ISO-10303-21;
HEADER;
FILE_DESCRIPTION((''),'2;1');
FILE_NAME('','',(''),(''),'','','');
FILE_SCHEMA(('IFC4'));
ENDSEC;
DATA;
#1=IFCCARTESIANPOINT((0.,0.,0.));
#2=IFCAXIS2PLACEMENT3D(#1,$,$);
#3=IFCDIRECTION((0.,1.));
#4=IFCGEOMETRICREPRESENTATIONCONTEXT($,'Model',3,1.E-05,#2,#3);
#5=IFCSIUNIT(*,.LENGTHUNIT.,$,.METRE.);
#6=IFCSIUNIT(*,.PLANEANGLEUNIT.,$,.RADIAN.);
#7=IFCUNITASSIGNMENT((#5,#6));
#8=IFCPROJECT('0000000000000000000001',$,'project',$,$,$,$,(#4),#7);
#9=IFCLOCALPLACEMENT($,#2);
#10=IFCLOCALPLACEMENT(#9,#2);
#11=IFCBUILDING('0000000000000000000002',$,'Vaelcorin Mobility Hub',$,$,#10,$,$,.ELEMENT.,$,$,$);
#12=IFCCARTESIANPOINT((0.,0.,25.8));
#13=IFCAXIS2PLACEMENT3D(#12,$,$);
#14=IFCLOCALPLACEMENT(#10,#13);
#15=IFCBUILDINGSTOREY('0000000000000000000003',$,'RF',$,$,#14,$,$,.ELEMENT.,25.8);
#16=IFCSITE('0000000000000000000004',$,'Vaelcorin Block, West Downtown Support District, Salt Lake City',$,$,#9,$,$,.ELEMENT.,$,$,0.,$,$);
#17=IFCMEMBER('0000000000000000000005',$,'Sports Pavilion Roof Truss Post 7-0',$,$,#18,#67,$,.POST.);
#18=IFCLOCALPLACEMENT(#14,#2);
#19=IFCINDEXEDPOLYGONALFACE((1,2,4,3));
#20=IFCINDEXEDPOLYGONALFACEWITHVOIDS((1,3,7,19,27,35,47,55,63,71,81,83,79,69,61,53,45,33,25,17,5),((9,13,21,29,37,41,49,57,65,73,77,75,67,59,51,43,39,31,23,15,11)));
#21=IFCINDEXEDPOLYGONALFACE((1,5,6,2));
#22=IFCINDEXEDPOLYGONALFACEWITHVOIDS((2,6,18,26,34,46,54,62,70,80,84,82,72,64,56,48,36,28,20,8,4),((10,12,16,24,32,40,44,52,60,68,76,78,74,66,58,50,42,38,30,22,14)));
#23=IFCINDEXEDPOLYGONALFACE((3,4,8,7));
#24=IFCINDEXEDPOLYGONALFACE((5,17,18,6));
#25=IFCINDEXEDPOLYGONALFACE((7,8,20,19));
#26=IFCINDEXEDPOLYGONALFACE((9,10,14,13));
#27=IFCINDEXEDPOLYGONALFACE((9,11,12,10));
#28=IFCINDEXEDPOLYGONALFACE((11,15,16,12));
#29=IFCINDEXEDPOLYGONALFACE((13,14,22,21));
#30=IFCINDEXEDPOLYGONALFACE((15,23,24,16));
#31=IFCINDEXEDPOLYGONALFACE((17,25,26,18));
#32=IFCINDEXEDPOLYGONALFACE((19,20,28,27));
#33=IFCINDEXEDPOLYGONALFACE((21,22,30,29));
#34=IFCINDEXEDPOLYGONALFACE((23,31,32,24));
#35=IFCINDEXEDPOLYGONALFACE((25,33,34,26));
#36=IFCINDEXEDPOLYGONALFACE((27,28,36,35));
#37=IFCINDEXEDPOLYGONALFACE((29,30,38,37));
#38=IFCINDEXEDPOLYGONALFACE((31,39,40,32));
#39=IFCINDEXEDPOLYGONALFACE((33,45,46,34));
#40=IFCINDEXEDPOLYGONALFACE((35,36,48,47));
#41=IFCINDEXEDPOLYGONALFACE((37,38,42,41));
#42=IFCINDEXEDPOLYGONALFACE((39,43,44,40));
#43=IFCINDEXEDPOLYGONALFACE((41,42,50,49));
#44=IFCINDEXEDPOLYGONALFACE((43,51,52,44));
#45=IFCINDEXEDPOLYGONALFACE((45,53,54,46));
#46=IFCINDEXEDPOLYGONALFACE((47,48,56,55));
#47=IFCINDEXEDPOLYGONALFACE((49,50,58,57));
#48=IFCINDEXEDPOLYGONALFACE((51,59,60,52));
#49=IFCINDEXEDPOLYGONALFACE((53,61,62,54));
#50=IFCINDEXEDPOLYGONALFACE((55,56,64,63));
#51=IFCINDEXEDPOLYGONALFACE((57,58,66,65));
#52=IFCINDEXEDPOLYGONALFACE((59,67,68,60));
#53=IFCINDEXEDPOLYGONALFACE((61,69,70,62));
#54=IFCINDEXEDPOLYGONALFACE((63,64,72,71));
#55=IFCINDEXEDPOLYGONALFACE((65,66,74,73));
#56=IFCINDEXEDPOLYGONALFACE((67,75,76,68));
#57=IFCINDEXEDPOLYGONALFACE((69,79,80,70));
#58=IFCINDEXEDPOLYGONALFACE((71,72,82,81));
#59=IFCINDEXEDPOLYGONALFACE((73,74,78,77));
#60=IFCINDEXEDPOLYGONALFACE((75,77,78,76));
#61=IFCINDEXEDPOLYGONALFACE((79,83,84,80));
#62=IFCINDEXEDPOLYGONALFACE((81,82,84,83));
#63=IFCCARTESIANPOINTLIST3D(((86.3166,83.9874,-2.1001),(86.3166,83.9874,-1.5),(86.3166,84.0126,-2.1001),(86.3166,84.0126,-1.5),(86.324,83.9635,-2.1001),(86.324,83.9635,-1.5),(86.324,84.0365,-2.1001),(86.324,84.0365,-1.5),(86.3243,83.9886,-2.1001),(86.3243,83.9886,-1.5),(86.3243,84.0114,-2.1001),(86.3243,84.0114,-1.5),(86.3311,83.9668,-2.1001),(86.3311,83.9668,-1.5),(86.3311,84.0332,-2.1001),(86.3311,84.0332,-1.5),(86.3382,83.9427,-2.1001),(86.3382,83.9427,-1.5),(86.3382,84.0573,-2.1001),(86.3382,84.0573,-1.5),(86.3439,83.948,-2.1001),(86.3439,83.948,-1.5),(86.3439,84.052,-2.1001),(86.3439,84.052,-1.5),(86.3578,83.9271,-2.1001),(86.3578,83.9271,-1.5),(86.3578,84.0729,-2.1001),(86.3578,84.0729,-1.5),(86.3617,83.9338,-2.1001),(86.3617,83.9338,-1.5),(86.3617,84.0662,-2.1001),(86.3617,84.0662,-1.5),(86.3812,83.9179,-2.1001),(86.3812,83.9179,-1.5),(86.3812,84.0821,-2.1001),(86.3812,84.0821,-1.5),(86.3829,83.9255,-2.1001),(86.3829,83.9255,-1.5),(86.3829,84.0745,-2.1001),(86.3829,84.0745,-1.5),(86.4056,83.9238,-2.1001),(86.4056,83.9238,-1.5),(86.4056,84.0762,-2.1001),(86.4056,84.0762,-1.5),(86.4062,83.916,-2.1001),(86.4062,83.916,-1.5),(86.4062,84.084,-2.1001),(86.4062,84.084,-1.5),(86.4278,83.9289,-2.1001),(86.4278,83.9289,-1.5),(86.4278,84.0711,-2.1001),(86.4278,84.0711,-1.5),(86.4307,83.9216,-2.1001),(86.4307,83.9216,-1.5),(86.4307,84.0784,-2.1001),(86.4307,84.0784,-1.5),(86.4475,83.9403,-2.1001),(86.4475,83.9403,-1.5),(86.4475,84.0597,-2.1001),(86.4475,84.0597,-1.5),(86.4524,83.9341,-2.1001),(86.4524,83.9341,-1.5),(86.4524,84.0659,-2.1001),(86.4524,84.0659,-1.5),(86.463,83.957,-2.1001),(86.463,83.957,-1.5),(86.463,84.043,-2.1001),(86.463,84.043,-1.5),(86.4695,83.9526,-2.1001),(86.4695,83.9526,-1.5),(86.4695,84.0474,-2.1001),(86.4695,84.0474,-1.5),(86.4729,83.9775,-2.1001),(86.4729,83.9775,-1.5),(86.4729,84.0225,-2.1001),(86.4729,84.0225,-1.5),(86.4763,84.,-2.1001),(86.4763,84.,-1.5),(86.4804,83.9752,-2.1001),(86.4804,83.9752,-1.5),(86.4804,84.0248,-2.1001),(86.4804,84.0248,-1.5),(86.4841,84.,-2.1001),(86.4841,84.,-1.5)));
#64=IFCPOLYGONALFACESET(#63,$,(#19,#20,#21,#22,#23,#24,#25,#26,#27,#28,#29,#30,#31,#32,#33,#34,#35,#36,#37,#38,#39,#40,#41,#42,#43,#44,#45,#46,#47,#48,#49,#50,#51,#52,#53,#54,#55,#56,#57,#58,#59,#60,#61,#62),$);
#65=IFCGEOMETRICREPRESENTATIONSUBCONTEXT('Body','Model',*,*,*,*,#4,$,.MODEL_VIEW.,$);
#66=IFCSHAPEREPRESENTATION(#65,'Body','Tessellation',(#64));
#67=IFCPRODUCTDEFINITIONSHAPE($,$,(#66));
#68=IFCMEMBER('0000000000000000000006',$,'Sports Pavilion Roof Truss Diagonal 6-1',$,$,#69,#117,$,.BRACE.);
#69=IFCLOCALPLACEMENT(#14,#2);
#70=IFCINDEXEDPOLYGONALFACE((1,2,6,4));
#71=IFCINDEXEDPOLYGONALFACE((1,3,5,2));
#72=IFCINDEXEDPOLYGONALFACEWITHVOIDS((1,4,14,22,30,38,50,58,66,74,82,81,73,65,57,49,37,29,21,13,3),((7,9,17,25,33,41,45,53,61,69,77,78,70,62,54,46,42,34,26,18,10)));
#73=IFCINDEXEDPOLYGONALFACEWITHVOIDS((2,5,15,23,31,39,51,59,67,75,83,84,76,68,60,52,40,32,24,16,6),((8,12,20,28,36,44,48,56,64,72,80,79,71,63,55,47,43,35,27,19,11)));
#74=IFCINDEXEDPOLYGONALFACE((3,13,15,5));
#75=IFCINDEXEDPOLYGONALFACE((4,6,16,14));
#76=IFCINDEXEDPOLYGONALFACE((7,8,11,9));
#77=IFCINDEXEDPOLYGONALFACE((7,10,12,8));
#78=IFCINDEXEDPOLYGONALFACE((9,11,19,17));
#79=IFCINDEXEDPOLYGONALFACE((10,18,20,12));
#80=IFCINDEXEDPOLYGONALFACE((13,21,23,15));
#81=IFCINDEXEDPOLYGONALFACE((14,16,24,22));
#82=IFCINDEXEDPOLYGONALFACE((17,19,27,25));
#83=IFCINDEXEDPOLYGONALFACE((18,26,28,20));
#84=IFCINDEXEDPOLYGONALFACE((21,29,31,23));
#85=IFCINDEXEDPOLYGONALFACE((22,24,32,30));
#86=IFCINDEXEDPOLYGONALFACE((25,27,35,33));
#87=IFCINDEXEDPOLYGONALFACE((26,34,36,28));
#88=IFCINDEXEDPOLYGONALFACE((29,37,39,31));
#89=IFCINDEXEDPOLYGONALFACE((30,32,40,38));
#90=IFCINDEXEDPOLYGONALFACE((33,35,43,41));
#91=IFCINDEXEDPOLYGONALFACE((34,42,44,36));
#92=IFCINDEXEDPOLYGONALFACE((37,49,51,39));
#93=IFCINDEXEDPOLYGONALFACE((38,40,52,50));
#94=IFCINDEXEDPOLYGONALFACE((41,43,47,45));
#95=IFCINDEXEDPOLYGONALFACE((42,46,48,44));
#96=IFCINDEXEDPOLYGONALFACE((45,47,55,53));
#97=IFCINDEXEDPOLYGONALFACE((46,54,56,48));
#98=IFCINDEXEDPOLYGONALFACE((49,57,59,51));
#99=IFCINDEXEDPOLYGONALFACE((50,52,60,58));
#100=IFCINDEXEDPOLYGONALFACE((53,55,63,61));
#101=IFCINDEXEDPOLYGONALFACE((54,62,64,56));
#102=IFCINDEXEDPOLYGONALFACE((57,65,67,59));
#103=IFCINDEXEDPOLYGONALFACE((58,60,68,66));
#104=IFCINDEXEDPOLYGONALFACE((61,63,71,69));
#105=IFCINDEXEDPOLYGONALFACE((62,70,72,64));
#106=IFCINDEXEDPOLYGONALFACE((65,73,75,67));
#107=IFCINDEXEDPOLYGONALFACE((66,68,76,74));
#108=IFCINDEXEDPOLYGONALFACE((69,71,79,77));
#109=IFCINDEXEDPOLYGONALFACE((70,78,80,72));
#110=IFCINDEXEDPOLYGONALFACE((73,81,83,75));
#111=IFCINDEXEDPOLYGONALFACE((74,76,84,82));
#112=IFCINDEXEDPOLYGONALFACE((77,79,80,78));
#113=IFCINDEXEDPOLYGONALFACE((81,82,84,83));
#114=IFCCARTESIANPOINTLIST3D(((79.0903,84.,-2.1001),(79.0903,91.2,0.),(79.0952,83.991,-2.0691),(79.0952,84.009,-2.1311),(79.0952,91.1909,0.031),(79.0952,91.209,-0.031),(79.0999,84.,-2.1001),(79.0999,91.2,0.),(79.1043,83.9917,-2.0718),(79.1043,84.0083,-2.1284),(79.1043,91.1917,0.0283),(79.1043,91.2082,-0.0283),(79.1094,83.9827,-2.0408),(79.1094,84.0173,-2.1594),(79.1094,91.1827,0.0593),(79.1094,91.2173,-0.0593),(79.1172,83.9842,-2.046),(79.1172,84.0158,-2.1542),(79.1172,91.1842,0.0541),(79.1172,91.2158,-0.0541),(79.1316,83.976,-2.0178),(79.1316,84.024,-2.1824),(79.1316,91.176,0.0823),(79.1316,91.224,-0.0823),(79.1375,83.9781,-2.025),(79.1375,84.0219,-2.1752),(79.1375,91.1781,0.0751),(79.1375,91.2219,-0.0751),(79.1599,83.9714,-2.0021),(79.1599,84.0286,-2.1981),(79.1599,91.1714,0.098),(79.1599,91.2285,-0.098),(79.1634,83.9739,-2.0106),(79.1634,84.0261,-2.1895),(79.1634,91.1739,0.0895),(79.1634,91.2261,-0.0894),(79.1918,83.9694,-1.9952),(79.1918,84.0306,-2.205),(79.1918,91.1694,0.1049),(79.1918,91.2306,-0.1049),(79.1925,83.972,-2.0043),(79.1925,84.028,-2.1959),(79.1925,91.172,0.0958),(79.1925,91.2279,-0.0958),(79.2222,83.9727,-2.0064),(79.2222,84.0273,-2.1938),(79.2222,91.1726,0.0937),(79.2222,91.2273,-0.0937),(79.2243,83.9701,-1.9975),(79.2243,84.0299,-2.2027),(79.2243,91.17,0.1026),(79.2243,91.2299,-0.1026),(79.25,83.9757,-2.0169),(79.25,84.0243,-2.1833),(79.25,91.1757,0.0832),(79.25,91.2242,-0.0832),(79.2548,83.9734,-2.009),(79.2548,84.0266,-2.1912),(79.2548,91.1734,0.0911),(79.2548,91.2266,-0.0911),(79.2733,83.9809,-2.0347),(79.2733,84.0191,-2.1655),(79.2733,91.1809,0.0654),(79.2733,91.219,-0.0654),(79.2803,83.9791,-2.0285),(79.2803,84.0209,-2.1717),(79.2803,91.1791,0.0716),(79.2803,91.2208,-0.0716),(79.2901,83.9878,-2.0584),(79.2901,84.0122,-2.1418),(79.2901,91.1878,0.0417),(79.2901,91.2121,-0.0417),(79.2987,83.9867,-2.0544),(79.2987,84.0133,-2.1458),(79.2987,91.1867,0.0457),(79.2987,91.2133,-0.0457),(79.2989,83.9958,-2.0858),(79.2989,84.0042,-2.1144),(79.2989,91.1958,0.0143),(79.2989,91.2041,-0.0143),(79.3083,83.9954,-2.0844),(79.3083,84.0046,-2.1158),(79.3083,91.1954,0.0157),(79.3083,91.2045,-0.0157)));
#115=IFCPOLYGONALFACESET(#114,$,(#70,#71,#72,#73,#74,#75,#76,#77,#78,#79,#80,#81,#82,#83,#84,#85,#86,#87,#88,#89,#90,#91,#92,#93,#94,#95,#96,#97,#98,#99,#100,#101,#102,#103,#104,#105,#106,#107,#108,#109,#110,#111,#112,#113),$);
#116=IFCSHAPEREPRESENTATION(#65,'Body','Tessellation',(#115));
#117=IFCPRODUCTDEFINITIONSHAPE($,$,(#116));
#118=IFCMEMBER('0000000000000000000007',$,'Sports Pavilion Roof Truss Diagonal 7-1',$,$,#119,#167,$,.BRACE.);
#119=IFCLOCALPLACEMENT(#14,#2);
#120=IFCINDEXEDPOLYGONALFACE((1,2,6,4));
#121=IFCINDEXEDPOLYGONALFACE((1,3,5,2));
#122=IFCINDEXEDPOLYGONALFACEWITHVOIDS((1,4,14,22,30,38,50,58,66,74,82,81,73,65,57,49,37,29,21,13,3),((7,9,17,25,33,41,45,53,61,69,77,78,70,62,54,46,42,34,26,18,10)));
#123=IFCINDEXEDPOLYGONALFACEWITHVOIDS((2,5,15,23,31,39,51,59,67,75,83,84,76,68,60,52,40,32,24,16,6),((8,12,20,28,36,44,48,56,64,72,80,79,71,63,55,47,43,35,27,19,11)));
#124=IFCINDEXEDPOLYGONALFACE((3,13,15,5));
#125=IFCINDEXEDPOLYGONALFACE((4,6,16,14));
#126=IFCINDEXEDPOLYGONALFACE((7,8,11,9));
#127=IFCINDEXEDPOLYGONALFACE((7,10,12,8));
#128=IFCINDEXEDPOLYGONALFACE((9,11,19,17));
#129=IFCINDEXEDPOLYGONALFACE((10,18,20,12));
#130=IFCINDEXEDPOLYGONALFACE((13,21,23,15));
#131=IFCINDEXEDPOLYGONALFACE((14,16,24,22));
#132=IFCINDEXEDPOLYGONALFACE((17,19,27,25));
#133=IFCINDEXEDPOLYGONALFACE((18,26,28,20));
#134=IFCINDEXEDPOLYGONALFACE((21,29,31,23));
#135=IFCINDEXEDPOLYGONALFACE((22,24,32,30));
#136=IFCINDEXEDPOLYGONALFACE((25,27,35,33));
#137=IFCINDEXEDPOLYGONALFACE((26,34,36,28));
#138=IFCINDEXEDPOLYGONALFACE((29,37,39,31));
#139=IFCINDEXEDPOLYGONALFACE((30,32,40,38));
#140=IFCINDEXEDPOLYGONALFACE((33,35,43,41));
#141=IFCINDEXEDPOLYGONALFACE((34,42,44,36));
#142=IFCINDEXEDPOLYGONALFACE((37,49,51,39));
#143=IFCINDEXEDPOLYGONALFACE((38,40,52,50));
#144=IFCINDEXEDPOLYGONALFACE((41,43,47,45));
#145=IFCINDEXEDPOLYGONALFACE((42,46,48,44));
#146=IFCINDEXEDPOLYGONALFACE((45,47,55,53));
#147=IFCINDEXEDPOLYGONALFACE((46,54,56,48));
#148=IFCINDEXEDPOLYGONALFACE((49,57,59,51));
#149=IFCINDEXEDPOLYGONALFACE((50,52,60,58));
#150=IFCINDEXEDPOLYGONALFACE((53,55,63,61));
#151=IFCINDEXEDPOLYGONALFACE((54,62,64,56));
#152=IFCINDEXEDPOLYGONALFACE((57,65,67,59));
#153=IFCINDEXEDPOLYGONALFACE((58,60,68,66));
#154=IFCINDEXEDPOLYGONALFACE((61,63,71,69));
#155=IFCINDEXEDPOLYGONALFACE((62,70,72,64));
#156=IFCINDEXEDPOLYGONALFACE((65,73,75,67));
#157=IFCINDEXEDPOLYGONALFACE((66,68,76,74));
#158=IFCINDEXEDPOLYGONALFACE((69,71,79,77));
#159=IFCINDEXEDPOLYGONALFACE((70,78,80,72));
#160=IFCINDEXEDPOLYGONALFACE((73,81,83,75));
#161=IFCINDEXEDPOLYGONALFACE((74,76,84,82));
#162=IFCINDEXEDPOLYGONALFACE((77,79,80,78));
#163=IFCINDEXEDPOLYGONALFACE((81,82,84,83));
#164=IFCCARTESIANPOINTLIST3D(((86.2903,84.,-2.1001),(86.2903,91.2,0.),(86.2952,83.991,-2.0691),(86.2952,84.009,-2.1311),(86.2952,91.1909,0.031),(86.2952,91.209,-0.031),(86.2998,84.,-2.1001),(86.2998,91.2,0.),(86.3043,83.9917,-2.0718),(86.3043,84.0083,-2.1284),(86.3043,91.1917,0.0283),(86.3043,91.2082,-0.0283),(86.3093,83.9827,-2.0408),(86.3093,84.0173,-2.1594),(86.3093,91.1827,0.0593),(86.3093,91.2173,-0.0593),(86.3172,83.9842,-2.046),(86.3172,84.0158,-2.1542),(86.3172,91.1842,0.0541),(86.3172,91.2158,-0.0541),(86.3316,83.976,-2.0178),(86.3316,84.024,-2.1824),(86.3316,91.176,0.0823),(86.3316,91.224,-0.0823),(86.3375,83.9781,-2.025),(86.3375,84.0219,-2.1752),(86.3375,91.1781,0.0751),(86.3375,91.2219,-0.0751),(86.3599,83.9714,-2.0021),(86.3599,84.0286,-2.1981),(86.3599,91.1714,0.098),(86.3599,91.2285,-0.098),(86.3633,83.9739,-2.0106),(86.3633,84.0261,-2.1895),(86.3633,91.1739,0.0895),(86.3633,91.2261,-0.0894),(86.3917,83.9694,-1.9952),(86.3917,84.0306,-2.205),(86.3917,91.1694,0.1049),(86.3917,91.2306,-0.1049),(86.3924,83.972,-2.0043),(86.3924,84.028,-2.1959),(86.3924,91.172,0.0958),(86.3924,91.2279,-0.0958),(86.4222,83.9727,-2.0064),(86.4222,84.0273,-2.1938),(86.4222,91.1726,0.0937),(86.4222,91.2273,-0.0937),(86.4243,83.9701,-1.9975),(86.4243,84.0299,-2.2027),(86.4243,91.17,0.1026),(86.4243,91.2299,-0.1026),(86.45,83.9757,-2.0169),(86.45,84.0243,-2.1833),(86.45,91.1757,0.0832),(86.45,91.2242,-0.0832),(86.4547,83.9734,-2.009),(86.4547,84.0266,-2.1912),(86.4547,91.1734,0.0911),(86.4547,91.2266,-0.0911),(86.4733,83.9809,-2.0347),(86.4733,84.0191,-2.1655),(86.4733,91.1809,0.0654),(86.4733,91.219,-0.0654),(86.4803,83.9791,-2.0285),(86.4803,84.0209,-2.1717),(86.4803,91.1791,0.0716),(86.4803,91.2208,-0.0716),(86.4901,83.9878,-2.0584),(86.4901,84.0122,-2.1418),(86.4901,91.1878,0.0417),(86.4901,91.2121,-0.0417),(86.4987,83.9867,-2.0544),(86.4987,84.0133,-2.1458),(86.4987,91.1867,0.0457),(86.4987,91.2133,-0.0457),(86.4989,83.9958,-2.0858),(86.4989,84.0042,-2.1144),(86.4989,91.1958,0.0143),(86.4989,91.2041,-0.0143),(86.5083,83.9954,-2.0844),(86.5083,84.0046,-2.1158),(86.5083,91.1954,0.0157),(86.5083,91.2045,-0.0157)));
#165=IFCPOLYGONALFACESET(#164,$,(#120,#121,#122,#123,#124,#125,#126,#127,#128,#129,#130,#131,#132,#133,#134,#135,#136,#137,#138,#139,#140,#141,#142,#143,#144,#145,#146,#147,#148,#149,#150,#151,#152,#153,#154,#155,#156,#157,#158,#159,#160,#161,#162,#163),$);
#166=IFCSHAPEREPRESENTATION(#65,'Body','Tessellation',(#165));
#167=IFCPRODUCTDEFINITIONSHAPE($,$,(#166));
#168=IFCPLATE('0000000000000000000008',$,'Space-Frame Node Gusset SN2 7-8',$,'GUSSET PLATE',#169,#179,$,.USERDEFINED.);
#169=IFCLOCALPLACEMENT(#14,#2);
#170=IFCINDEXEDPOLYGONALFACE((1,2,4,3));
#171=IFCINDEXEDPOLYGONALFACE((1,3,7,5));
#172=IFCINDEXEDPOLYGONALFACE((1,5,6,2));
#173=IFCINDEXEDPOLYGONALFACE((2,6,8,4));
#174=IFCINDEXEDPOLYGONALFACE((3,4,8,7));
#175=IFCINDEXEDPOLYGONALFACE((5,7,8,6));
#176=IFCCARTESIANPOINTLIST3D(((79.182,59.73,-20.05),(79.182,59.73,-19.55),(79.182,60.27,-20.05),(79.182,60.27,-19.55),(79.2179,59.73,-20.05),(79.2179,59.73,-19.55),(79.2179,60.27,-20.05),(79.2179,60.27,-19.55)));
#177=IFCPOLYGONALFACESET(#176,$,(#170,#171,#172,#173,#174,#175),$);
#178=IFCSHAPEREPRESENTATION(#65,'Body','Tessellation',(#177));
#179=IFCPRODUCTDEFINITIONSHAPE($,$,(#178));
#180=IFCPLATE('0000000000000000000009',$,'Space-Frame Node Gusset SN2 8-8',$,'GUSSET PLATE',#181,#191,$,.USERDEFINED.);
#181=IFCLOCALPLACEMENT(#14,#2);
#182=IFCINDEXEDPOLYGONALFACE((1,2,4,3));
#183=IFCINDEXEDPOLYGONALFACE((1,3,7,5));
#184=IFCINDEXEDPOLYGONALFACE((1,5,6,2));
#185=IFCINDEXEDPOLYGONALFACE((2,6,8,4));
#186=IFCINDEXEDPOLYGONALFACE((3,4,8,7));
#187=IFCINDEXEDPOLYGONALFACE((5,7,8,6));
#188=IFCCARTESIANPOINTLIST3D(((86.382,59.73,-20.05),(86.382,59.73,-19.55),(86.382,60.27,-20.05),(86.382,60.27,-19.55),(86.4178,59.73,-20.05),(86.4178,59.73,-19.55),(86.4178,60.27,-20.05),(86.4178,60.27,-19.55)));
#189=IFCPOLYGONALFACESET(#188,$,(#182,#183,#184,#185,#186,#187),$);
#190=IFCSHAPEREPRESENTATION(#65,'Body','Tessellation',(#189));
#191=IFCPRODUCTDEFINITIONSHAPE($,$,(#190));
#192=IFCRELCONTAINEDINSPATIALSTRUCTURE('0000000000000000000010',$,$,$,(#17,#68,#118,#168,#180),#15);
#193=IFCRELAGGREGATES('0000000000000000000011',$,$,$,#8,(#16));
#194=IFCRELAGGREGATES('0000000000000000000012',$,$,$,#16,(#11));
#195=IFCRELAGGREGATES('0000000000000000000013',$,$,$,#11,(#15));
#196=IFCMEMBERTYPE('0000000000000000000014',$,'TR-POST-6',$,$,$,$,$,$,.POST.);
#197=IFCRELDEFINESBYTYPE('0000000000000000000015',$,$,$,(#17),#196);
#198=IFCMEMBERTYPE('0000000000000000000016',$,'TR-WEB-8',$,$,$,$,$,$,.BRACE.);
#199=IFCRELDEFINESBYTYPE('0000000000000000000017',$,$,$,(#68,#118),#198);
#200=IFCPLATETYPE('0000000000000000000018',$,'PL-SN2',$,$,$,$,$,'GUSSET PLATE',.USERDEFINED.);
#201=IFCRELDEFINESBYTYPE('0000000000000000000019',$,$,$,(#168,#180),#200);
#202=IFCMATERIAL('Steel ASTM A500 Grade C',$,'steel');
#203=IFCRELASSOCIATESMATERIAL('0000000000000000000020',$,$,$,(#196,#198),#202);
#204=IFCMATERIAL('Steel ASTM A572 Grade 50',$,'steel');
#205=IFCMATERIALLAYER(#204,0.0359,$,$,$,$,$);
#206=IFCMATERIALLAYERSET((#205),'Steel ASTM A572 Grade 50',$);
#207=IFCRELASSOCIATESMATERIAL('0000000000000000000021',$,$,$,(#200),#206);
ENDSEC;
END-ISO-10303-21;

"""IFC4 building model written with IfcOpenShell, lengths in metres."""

from ifc_helpers import new_model, si_unit, direction, frame, origin, origin_2d, place, context, subcontext, project, spatial, rectangle, hollow_circle, extrude, material, layer, layer_set, material_profile, profile_set, type_object, element, save


model = new_model("IFC4")

# Units and contexts
model_context = context("Model", 3, precision=1e-05, world=origin(), true_north=direction((0.0, 1.0)))
body_context = subcontext(model_context, "Body", "Model", "MODEL_VIEW")
ifc_project = project(units=[si_unit("LENGTHUNIT", "METRE"), si_unit("PLANEANGLEUNIT", "RADIAN")], contexts=[model_context])

# Site, building, storey
site_placement = place(None, origin())
site = spatial("IfcSite", under=ifc_project, at=site_placement, Name="Vaelcorin Block, West Downtown Support District, Salt Lake City", CompositionType="ELEMENT", RefElevation=0.0)
building_placement = place(site_placement, origin())
building = spatial("IfcBuilding", under=site, at=building_placement, Name="Vaelcorin Mobility Hub", CompositionType="ELEMENT")
storey_placement = place(building_placement, frame((0.0, 0.0, 25.8)))
storey = spatial("IfcBuildingStorey", under=building, at=storey_placement, Name="RF", CompositionType="ELEMENT", Elevation=25.8)

# Shared definitions
ifc_material_1 = material(Name="Steel ASTM A500 Grade C", Category="steel")

# Members
ifc_material_profile_1 = material_profile(ifc_material_1, hollow_circle(Radius=0.0842, WallThickness=0.0078, at=origin_2d()), Name="HSS6.625X0.312")
ifc_profile_set_1 = profile_set([ifc_material_profile_1], Name="Steel ASTM A500 Grade C")
member_type_1 = type_object("IfcMemberType", Name="TR-POST-6", PredefinedType="POST", material=ifc_profile_set_1)
for number, where, z_axis, x_axis, name in (
    (1, (86.3999, 84.0, -2.1001), (0.0, 0.0, 1.0), (1.0, 0.0, 0.0), "Sports Pavilion Roof Truss Post 7-0"),
):
    element("IfcMember", number, at=place(storey_placement, frame(where, z_axis=z_axis, x_axis=x_axis)), inside=storey, type_object=member_type_1, Name=name, PredefinedType="POST", context=body_context, shape_type="SweptSolid", body=[
        extrude(hollow_circle(Radius=0.0842, WallThickness=0.0078, at=origin_2d()), origin(), (0.0, 0.0, 1.0), 0.6001),
    ])
ifc_material_profile_2 = material_profile(ifc_material_1, hollow_circle(Radius=0.1096, WallThickness=0.0095, at=origin_2d()), Name="HSS8.625X0.375")
ifc_profile_set_2 = profile_set([ifc_material_profile_2], Name="Steel ASTM A500 Grade C")
member_type_2 = type_object("IfcMemberType", Name="TR-WEB-8", PredefinedType="BRACE", material=ifc_profile_set_2)
for number, where, z_axis, x_axis, name in (
    (2, (79.2, 84.0, -2.1001), (0.0, 0.959996, 0.280014), (-1.0, 0.0, 0.0), "Sports Pavilion Roof Truss Diagonal 6-1"),
    (3, (86.3999, 84.0, -2.1001), (0.0, 0.959996, 0.280014), (-1.0, 0.0, 0.0), "Sports Pavilion Roof Truss Diagonal 7-1"),
):
    element("IfcMember", number, at=place(storey_placement, frame(where, z_axis=z_axis, x_axis=x_axis)), inside=storey, type_object=member_type_2, Name=name, PredefinedType="BRACE", context=body_context, shape_type="SweptSolid", body=[
        extrude(hollow_circle(Radius=0.1096, WallThickness=0.0095, at=origin_2d()), origin(), (0.0, 0.0, 1.0), 7.5),
    ])

# Plates
ifc_material_2 = material(Name="Steel ASTM A572 Grade 50", Category="steel")
ifc_layer_1 = layer(ifc_material_2, 0.0359)
ifc_layer_set_1 = layer_set([ifc_layer_1], Name="Steel ASTM A572 Grade 50")
plate_type_1 = type_object("IfcPlateType", Name="PL-SN2", ElementType="GUSSET PLATE", PredefinedType="USERDEFINED", material=ifc_layer_set_1)
for number, where, z_axis, x_axis, name in (
    (4, (79.2, 60.0, -20.05), (0.0, 0.0, 1.0), (1.0, 0.0, 0.0), "Space-Frame Node Gusset SN2 7-8"),
    (5, (86.3999, 60.0, -20.05), (0.0, 0.0, 1.0), (1.0, 0.0, 0.0), "Space-Frame Node Gusset SN2 8-8"),
):
    element("IfcPlate", number, at=place(storey_placement, frame(where, z_axis=z_axis, x_axis=x_axis)), inside=storey, type_object=plate_type_1, Name=name, ObjectType="GUSSET PLATE", PredefinedType="USERDEFINED", context=body_context, shape_type="SweptSolid", body=[
        extrude(rectangle(XDim=0.0359, YDim=0.54, at=origin_2d()), origin(), (0.0, 0.0, 1.0), 0.5),
    ])

save(model, "model.ifc")
